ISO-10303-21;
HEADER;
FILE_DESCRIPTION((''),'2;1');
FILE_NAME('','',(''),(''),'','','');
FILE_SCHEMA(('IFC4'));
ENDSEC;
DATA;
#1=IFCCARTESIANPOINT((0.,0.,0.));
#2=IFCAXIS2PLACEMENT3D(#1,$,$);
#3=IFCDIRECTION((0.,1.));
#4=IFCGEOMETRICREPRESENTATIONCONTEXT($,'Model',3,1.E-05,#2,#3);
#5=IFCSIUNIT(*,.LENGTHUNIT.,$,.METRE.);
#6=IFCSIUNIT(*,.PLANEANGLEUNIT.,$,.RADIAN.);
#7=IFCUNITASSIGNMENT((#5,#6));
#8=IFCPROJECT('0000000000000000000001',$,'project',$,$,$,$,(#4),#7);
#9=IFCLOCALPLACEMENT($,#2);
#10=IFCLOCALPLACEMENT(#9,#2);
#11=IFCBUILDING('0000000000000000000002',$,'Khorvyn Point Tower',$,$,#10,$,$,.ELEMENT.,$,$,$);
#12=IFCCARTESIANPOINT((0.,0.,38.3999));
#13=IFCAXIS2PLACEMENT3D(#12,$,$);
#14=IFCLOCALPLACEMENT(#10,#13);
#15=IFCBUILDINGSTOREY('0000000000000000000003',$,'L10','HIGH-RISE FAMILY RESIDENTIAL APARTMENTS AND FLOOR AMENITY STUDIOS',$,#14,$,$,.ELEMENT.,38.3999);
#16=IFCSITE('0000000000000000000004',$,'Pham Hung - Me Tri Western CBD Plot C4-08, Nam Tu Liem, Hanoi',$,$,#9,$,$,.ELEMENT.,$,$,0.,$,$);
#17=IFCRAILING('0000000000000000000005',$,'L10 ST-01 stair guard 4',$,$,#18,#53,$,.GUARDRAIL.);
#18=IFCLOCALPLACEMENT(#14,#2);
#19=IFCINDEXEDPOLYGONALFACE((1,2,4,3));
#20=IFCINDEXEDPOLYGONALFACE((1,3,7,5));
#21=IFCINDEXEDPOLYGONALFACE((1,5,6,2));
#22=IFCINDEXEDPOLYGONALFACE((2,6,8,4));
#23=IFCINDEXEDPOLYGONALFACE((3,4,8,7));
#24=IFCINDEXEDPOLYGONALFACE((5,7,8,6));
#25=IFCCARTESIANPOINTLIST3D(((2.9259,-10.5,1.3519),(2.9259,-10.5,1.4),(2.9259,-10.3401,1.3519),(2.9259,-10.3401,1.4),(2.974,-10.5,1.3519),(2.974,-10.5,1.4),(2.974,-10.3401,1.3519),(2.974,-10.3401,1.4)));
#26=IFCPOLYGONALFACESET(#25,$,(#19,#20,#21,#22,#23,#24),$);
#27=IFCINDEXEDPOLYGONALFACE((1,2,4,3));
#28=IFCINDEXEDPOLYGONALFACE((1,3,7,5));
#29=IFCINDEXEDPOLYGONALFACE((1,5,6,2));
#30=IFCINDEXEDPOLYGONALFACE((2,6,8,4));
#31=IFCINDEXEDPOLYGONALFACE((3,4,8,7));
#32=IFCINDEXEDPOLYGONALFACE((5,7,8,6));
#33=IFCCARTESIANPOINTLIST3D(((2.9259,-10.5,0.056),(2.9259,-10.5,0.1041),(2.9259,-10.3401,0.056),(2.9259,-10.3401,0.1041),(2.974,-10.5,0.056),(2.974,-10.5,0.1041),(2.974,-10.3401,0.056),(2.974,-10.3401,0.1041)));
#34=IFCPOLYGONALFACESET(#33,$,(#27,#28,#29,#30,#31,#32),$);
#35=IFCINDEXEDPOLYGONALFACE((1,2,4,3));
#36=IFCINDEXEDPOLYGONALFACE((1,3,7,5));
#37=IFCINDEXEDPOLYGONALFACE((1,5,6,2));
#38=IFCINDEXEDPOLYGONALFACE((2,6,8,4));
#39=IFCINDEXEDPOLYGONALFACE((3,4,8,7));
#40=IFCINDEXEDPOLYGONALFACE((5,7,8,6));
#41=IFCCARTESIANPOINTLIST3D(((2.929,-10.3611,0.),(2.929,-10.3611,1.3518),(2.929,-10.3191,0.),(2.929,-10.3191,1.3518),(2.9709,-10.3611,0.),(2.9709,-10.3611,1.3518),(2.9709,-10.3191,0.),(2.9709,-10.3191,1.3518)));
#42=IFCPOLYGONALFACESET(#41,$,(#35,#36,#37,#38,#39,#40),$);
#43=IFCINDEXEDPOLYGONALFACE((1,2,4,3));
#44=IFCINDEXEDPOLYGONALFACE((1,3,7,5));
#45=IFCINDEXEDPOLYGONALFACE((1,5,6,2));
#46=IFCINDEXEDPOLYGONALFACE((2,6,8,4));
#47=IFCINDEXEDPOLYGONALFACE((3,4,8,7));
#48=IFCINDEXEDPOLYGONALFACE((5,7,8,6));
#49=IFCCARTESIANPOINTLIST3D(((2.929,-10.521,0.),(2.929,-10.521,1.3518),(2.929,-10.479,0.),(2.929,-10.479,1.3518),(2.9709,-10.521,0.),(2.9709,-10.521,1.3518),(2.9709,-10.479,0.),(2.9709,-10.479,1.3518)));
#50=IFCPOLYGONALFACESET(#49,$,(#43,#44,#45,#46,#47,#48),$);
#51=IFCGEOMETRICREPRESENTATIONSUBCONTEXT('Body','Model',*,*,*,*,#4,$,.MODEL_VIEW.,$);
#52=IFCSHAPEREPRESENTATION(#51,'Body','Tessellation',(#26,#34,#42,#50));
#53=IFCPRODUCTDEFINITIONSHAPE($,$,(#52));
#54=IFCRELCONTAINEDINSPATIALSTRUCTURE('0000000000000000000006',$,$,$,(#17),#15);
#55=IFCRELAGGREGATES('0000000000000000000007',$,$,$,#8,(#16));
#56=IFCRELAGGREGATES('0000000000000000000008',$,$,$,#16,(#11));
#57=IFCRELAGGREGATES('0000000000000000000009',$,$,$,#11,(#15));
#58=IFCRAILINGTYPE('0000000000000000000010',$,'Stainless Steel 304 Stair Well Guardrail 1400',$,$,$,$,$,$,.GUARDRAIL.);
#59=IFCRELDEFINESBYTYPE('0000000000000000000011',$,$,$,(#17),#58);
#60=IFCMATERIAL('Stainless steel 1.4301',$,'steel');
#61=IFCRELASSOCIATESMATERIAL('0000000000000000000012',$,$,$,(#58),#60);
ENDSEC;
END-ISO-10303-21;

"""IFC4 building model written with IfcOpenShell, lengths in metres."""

from ifc_helpers import new_model, si_unit, direction, frame, origin, origin_2d, place, context, subcontext, project, spatial, rectangle, extrude, material, type_object, element, save


model = new_model("IFC4")

# Units and contexts
model_context = context("Model", 3, precision=1e-05, world=origin(), true_north=direction((0.0, 1.0)))
body_context = subcontext(model_context, "Body", "Model", "MODEL_VIEW")
ifc_project = project(units=[si_unit("LENGTHUNIT", "METRE"), si_unit("PLANEANGLEUNIT", "RADIAN")], contexts=[model_context])

# Site, building, storey
site_placement = place(None, origin())
site = spatial("IfcSite", under=ifc_project, at=site_placement, Name="Pham Hung - Me Tri Western CBD Plot C4-08, Nam Tu Liem, Hanoi", CompositionType="ELEMENT", RefElevation=0.0)
building_placement = place(site_placement, origin())
building = spatial("IfcBuilding", under=site, at=building_placement, Name="Khorvyn Point Tower", CompositionType="ELEMENT")
storey_placement = place(building_placement, frame((0.0, 0.0, 38.3999)))
storey = spatial("IfcBuildingStorey", under=building, at=storey_placement, Name="L10", Description="HIGH-RISE FAMILY RESIDENTIAL APARTMENTS AND FLOOR AMENITY STUDIOS", CompositionType="ELEMENT", Elevation=38.3999)

# Shared definitions
ifc_material_1 = material(Name="Stainless steel 1.4301", Category="steel")

# Railing
railing_type_1 = type_object("IfcRailingType", Name="Stainless Steel 304 Stair Well Guardrail 1400", PredefinedType="GUARDRAIL", material=ifc_material_1)
railing_1_placement = place(storey_placement, frame((2.95, -10.3401, 0.0)))
element("IfcRailing", 1, at=railing_1_placement, inside=storey, type_object=railing_type_1, Name="L10 ST-01 stair guard 4", PredefinedType="GUARDRAIL", context=body_context, shape_type="SweptSolid", body=[
    extrude(rectangle(XDim=0.0481, YDim=0.0481, at=origin_2d()), frame((0.0, 0.0, 1.376), z_axis=(0.0, -1.0, 0.0), x_axis=(1.0, 0.0, 0.0)), (0.0, 0.0, 1.0), 0.1599),
    extrude(rectangle(XDim=0.0481, YDim=0.0481, at=origin_2d()), frame((0.0, 0.0, 0.0801), z_axis=(0.0, -1.0, 0.0), x_axis=(1.0, 0.0, 0.0)), (0.0, 0.0, 1.0), 0.1599),
    extrude(rectangle(XDim=0.042, YDim=0.042, at=origin_2d()), origin(), (0.0, 0.0, 1.0), 1.3518),
    extrude(rectangle(XDim=0.042, YDim=0.042, at=origin_2d()), frame((0.0, -0.1599, 0.0)), (0.0, 0.0, 1.0), 1.3518),
])

save(model, "model.ifc")
